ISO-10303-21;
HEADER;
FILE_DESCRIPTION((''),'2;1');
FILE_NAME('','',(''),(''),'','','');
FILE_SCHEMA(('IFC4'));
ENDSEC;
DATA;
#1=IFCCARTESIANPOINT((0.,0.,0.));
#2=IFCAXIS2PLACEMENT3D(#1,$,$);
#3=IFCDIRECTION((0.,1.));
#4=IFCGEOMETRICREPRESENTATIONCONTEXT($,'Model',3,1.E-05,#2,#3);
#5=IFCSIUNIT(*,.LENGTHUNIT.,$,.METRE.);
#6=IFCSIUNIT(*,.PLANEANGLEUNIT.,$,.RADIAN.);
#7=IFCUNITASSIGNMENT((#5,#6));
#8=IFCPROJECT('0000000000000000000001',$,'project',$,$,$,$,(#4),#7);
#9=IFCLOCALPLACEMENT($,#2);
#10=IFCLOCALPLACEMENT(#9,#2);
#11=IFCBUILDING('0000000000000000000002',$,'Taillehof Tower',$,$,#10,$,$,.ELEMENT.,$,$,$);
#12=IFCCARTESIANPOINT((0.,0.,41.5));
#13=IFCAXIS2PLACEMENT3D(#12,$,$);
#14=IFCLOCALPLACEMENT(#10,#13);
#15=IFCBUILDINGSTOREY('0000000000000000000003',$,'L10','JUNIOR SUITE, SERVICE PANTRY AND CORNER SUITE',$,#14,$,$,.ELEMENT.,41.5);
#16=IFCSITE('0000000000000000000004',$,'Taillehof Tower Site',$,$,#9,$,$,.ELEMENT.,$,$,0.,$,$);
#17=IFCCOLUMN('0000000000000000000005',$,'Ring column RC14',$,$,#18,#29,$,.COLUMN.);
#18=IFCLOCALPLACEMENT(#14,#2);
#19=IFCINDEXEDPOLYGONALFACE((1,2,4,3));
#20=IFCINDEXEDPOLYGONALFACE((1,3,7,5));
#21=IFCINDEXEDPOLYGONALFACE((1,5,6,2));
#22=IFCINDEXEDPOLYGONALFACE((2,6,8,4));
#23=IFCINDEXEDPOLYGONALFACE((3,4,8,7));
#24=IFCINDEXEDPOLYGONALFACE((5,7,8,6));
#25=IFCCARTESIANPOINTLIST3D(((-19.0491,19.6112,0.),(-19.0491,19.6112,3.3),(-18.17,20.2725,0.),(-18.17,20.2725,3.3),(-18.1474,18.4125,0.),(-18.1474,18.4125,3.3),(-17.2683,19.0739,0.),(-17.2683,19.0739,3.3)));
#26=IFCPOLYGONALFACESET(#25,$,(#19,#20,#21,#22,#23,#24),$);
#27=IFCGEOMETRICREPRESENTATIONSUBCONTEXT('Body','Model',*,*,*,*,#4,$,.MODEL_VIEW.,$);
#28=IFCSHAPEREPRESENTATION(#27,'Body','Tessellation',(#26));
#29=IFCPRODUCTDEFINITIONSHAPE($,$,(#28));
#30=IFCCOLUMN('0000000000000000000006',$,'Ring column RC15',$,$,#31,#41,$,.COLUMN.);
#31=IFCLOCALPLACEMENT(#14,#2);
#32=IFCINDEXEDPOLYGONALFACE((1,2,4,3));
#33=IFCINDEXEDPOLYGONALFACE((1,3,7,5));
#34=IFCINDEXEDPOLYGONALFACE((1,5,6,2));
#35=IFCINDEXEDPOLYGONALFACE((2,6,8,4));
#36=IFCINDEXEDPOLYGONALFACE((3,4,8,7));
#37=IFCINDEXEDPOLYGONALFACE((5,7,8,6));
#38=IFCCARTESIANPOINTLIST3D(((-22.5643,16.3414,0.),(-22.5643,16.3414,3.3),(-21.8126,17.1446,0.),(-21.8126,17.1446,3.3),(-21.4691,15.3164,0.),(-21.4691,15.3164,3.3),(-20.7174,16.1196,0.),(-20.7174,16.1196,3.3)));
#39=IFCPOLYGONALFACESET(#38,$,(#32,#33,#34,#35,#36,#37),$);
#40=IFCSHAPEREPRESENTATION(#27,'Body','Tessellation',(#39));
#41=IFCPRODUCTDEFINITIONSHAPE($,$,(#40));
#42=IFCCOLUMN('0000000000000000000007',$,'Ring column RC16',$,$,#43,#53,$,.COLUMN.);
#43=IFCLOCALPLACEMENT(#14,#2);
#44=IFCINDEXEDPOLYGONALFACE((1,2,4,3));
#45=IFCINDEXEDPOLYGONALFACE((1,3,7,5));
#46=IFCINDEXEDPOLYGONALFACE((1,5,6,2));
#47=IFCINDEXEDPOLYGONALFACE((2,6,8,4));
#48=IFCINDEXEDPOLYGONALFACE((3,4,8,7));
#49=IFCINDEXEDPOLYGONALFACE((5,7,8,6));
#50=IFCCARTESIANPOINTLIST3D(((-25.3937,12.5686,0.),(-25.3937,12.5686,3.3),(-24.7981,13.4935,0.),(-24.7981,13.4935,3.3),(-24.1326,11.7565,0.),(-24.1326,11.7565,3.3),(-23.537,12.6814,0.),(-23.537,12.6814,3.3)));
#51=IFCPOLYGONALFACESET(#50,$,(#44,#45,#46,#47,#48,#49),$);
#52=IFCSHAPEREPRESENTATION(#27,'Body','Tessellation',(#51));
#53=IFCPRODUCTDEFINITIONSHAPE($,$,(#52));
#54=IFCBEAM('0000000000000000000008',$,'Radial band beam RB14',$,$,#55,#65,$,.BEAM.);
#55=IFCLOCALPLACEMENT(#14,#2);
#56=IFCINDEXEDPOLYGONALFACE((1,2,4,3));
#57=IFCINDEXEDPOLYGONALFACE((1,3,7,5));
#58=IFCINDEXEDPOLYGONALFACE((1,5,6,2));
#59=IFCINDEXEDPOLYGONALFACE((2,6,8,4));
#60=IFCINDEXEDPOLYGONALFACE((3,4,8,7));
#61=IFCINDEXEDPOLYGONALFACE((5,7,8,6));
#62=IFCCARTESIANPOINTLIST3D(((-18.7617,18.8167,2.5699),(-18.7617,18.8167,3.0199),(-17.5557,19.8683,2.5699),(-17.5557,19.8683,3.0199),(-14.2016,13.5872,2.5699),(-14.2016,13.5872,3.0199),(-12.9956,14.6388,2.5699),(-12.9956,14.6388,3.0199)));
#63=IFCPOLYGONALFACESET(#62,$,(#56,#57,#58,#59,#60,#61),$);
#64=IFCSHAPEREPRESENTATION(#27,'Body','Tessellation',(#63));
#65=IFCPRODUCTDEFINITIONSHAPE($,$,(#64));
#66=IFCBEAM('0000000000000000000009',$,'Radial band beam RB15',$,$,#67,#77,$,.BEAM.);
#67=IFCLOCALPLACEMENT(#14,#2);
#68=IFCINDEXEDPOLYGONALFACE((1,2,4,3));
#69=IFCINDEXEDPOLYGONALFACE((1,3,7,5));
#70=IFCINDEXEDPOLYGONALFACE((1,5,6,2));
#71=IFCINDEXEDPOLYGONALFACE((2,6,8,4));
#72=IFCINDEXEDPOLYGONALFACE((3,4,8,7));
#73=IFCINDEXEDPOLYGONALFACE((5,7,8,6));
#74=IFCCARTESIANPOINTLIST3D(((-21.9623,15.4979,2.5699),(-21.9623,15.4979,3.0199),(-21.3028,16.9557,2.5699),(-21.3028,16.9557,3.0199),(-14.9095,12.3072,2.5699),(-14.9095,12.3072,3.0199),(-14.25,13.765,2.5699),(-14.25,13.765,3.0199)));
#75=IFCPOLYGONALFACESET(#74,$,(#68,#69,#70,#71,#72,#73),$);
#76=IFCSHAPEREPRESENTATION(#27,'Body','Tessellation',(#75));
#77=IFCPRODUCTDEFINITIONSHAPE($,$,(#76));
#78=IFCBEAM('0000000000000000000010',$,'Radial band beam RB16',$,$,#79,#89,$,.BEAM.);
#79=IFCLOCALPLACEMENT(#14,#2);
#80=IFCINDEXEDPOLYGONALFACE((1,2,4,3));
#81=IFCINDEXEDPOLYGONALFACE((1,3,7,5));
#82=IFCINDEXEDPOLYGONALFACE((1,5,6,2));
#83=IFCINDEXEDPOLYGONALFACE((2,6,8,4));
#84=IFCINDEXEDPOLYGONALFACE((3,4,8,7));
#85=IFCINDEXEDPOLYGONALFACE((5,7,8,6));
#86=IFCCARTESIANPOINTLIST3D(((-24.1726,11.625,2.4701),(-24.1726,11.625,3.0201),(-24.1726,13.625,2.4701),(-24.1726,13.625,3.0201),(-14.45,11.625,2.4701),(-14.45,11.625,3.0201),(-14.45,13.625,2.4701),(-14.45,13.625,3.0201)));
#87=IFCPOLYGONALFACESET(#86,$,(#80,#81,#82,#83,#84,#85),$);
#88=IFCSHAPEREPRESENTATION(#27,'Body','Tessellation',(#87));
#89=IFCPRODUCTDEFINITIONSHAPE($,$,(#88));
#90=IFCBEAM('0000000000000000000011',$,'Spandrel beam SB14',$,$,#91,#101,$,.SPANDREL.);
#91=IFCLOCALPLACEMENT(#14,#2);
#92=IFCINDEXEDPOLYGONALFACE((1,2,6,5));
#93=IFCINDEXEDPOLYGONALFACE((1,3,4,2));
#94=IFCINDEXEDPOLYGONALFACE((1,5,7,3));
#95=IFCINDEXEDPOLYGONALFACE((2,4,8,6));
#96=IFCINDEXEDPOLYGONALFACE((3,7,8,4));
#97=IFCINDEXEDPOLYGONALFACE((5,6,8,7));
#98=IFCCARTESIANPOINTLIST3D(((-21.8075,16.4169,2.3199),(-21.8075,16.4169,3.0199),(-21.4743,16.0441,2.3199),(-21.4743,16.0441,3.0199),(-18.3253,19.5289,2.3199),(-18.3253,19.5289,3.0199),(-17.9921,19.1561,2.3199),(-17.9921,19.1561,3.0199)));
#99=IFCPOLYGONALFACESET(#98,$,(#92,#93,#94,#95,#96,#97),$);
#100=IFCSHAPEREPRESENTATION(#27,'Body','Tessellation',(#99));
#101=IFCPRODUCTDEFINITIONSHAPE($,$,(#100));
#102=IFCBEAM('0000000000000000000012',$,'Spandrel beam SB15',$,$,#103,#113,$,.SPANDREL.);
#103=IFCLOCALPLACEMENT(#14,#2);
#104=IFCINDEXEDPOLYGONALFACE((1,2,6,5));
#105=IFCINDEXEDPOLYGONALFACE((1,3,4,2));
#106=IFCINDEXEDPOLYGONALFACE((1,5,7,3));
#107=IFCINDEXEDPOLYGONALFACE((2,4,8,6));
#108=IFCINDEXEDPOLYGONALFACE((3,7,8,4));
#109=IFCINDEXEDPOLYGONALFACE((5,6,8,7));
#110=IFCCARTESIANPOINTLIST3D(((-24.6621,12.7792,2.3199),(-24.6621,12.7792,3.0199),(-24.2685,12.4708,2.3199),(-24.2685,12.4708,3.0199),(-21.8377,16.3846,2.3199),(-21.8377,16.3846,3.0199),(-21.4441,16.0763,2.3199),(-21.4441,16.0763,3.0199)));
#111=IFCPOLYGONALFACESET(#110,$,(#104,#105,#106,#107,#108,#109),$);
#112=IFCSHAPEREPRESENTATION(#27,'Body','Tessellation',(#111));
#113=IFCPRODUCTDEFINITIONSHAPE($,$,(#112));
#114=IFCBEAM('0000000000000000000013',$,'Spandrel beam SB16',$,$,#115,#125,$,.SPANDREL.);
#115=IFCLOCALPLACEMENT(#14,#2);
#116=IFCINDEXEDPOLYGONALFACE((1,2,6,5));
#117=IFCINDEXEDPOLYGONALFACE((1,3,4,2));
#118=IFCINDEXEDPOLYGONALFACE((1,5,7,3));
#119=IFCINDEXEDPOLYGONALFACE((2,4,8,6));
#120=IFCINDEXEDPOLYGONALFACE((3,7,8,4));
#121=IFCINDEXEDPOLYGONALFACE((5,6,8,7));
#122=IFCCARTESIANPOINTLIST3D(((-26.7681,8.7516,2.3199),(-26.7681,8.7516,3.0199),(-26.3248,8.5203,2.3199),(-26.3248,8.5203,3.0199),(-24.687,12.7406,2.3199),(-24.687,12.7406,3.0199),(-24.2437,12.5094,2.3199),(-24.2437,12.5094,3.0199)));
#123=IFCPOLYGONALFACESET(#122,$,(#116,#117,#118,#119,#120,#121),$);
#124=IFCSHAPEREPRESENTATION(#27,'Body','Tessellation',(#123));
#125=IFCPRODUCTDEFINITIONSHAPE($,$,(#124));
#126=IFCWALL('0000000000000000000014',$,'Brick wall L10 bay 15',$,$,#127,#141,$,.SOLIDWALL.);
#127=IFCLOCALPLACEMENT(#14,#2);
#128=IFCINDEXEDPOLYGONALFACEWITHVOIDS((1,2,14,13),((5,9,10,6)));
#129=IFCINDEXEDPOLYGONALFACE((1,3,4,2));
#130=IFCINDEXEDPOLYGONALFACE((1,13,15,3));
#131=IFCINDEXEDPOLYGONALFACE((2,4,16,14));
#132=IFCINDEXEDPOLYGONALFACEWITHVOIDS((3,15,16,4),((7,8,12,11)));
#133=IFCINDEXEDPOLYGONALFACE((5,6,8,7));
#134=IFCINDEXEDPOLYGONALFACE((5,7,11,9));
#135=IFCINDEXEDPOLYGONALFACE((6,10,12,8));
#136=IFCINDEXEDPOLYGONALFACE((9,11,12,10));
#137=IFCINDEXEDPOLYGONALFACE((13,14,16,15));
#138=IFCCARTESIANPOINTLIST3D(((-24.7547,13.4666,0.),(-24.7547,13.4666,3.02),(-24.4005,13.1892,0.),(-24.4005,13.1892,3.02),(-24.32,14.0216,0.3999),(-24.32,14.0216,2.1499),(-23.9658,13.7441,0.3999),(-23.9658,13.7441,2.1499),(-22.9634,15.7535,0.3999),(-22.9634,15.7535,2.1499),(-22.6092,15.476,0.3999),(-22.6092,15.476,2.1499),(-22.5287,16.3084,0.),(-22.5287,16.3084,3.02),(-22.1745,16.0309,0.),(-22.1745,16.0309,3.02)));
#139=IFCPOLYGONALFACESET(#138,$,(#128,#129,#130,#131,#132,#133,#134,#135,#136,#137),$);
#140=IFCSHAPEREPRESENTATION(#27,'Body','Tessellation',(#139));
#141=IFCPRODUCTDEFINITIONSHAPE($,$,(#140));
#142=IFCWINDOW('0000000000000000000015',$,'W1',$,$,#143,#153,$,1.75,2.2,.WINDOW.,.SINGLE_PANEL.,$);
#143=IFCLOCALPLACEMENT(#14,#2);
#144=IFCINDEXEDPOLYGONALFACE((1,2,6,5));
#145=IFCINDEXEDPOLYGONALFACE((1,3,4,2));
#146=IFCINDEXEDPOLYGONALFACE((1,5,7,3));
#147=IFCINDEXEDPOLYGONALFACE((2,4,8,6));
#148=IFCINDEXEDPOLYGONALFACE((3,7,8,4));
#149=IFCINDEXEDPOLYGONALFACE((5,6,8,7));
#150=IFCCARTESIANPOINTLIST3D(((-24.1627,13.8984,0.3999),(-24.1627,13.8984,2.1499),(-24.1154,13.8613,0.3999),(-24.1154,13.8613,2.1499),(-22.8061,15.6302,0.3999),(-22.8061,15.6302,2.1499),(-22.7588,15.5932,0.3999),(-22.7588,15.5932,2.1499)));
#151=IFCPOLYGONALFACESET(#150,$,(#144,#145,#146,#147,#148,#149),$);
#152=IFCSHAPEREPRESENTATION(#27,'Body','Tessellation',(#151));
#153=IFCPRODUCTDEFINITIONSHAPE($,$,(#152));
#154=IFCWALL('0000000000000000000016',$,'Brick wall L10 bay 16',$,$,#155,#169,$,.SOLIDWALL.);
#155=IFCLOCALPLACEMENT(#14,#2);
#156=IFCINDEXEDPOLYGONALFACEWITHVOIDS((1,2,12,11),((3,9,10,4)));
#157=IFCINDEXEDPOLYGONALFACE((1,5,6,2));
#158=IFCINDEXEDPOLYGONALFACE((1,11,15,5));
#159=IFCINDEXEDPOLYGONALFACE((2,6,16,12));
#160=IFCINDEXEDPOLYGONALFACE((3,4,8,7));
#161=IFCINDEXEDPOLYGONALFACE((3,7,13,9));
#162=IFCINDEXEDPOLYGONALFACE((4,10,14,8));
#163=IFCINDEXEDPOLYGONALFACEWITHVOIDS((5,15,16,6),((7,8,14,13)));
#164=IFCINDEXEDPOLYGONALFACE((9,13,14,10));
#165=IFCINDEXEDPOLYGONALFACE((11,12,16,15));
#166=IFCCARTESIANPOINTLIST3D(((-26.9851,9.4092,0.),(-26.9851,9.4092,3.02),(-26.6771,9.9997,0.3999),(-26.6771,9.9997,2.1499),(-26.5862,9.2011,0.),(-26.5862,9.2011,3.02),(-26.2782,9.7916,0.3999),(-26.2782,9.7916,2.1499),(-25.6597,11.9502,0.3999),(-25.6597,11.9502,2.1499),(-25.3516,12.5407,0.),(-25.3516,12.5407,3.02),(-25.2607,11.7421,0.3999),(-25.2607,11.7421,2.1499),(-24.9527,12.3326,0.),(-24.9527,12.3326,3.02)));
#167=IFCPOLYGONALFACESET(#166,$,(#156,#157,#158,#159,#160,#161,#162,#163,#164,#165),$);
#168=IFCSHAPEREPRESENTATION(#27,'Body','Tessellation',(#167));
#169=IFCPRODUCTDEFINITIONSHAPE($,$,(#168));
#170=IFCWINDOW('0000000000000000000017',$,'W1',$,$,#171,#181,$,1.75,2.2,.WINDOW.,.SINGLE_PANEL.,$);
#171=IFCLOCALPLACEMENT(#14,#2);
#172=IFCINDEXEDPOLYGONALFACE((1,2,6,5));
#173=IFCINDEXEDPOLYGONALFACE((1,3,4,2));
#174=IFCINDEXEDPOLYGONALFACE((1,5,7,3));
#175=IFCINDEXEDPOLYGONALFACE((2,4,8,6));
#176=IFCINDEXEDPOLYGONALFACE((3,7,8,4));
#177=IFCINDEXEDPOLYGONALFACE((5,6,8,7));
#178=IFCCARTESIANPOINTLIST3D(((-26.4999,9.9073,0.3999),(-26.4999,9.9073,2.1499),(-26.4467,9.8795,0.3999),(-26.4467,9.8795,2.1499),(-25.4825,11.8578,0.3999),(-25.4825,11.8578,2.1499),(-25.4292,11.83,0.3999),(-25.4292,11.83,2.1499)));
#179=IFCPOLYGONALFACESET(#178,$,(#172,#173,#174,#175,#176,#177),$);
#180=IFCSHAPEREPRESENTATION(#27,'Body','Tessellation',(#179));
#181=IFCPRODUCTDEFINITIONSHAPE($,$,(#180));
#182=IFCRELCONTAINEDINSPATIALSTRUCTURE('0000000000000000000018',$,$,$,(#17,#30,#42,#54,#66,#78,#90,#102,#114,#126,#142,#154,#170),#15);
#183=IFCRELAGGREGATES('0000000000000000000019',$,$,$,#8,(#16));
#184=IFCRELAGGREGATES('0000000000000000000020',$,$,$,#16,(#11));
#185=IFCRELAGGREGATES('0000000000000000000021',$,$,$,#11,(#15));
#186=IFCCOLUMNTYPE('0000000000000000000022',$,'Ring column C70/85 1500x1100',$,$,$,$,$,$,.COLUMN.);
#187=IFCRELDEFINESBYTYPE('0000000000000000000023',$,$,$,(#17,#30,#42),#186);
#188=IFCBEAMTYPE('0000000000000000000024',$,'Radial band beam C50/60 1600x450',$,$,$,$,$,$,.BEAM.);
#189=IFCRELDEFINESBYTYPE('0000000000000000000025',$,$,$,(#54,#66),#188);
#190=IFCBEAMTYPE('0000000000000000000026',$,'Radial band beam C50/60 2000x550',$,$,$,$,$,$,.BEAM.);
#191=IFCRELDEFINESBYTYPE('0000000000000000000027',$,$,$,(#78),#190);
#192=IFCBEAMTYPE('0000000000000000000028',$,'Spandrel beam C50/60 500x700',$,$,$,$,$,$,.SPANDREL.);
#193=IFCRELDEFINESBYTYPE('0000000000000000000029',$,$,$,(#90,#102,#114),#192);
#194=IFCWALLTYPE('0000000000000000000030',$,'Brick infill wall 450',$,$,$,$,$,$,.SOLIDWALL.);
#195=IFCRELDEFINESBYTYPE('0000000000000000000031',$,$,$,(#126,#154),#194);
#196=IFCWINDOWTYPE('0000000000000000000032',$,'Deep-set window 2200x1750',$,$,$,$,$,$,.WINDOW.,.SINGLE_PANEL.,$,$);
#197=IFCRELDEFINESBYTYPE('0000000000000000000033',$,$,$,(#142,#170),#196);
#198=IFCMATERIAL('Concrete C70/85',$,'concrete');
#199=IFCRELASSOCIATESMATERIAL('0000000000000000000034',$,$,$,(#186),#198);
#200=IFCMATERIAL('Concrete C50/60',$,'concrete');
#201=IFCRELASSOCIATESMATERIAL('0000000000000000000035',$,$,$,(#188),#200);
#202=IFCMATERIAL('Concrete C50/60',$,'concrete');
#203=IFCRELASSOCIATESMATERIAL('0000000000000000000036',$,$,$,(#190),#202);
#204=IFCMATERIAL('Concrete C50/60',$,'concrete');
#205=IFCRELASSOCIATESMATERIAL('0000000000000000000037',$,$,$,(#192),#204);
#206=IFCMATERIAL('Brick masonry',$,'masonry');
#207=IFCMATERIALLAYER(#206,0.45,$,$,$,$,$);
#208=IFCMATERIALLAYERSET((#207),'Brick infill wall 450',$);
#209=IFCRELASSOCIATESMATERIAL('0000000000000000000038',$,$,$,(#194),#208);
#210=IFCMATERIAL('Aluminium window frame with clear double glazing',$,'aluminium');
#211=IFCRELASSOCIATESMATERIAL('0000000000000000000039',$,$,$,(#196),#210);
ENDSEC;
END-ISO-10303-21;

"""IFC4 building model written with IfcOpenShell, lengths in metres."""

from ifc_helpers import new_model, si_unit, direction, frame, frame_2d, origin, origin_2d, place, context, subcontext, project, spatial, rectangle, extrude, material, layer, layer_set, material_profile, profile_set, type_object, element, fill, save


model = new_model("IFC4")

# Units and contexts
model_context = context("Model", 3, precision=1e-05, world=origin(), true_north=direction((0.0, 1.0)))
body_context = subcontext(model_context, "Body", "Model", "MODEL_VIEW")
ifc_project = project(units=[si_unit("LENGTHUNIT", "METRE"), si_unit("PLANEANGLEUNIT", "RADIAN")], contexts=[model_context])

# Site, building, storey
site_placement = place(None, origin())
site = spatial("IfcSite", under=ifc_project, at=site_placement, Name="Taillehof Tower Site", CompositionType="ELEMENT", RefElevation=0.0)
building_placement = place(site_placement, origin())
building = spatial("IfcBuilding", under=site, at=building_placement, Name="Taillehof Tower", CompositionType="ELEMENT")
storey_placement = place(building_placement, frame((0.0, 0.0, 41.5)))
storey = spatial("IfcBuildingStorey", under=building, at=storey_placement, Name="L10", Description="JUNIOR SUITE, SERVICE PANTRY AND CORNER SUITE", CompositionType="ELEMENT", Elevation=41.5)

# Columns
ifc_material_1 = material(Name="Concrete C70/85", Category="concrete")
ifc_material_profile_1 = material_profile(ifc_material_1, rectangle(XDim=1.5, YDim=1.1001, at=origin_2d()), Name="RC 1500x1100")
ifc_profile_set_1 = profile_set([ifc_material_profile_1], Name="Concrete C70/85")
column_type = type_object("IfcColumnType", Name="Ring column C70/85 1500x1100", PredefinedType="COLUMN", material=ifc_profile_set_1)
for number, where, z_axis, x_axis, name in (
    (1, (-18.1587, 19.3425, 0.0), (0.0, 0.0, 1.0), (-0.601174, 0.799118, 0.0), "Ring column RC14"),
    (2, (-21.6409, 16.2305, 0.0), (0.0, 0.0, 1.0), (-0.730113, 0.683326, 0.0), "Ring column RC15"),
    (3, (-24.4653, 12.625, 0.0), (0.0, 0.0, 1.0), (-0.840754, 0.541418, 0.0), "Ring column RC16"),
):
    element("IfcColumn", number, at=place(storey_placement, frame(where, z_axis=z_axis, x_axis=x_axis)), inside=storey, type_object=column_type, Name=name, PredefinedType="COLUMN", context=body_context, shape_type="SweptSolid", body=[
        extrude(rectangle(XDim=1.5, YDim=1.1001, at=origin_2d()), origin(), (0.0, 0.0, 1.0), 3.3),
    ])

# Beams
ifc_material_2 = material(Name="Concrete C50/60", Category="concrete")
ifc_material_profile_2 = material_profile(ifc_material_2, rectangle(XDim=1.6001, YDim=0.45, at=origin_2d()), Name="RC 1600x450")
ifc_profile_set_2 = profile_set([ifc_material_profile_2], Name="Concrete C50/60")
beam_type_1 = type_object("IfcBeamType", Name="Radial band beam C50/60 1600x450", PredefinedType="BEAM", material=ifc_profile_set_2)
beam_1_placement = place(storey_placement, frame((-18.1587, 19.3425, 2.7949), z_axis=(0.657218, -0.7537, 0.0), x_axis=(0.7537, 0.657218, 0.0)))
element("IfcBeam", 4, at=beam_1_placement, inside=storey, type_object=beam_type_1, Name="Radial band beam RB14", PredefinedType="BEAM", context=body_context, shape_type="SweptSolid", body=[
    extrude(rectangle(XDim=1.6001, YDim=0.45, at=origin_2d()), origin(), (0.0, 0.0, 1.0), 6.9385),
])
beam_2_placement = place(storey_placement, frame((-21.6326, 16.2268, 2.7949), z_axis=(0.911101, -0.412184, 0.0), x_axis=(0.412184, 0.911101, 0.0)))
element("IfcBeam", 5, at=beam_2_placement, inside=storey, type_object=beam_type_1, Name="Radial band beam RB15", PredefinedType="BEAM", context=body_context, shape_type="SweptSolid", body=[
    extrude(rectangle(XDim=1.6001, YDim=0.45, at=origin_2d()), origin(), (0.0, 0.0, 1.0), 7.741),
])
ifc_material_3 = material(Name="Concrete C50/60", Category="concrete")
ifc_material_profile_3 = material_profile(ifc_material_3, rectangle(XDim=2.0, YDim=0.55, at=origin_2d()), Name="RC 2000x550")
ifc_profile_set_3 = profile_set([ifc_material_profile_3], Name="Concrete C50/60")
beam_type_2 = type_object("IfcBeamType", Name="Radial band beam C50/60 2000x550", PredefinedType="BEAM", material=ifc_profile_set_3)
beam_3_placement = place(storey_placement, frame((-24.1726, 12.625, 2.7451), z_axis=(1.0, 0.0, 0.0), x_axis=(0.0, 1.0, 0.0)))
element("IfcBeam", 6, at=beam_3_placement, inside=storey, type_object=beam_type_2, Name="Radial band beam RB16", PredefinedType="BEAM", context=body_context, shape_type="SweptSolid", body=[
    extrude(rectangle(XDim=2.0, YDim=0.55, at=origin_2d()), origin(), (0.0, 0.0, 1.0), 9.7227),
])
ifc_material_4 = material(Name="Concrete C50/60", Category="concrete")
ifc_material_profile_4 = material_profile(ifc_material_4, rectangle(XDim=0.5, YDim=0.7, at=origin_2d()), Name="RC 500x700")
ifc_profile_set_4 = profile_set([ifc_material_profile_4], Name="Concrete C50/60")
beam_type_3 = type_object("IfcBeamType", Name="Spandrel beam C50/60 500x700", PredefinedType="SPANDREL", material=ifc_profile_set_4)
beam_4_placement = place(storey_placement, frame((-18.1587, 19.3425, 2.6699), z_axis=(-0.745621, -0.66637, 0.0), x_axis=(0.66637, -0.745621, 0.0)))
element("IfcBeam", 7, at=beam_4_placement, inside=storey, type_object=beam_type_3, Name="Spandrel beam SB14", PredefinedType="SPANDREL", context=body_context, shape_type="SweptSolid", body=[
    extrude(rectangle(XDim=0.5, YDim=0.7, at=origin_2d()), origin(), (0.0, 0.0, 1.0), 4.6702),
])
beam_5_placement = place(storey_placement, frame((-21.6409, 16.2305, 2.6699), z_axis=(-0.616686, -0.787209, 0.0), x_axis=(0.787209, -0.616686, 0.0)))
element("IfcBeam", 8, at=beam_5_placement, inside=storey, type_object=beam_type_3, Name="Spandrel beam SB15", PredefinedType="SPANDREL", context=body_context, shape_type="SweptSolid", body=[
    extrude(rectangle(XDim=0.5, YDim=0.7, at=origin_2d()), origin(), (0.0, 0.0, 1.0), 4.5801),
])
beam_6_placement = place(storey_placement, frame((-24.4653, 12.625, 2.6699), z_axis=(-0.462536, -0.8866, 0.0), x_axis=(0.8866, -0.462536, 0.0)))
element("IfcBeam", 9, at=beam_6_placement, inside=storey, type_object=beam_type_3, Name="Spandrel beam SB16", PredefinedType="SPANDREL", context=body_context, shape_type="SweptSolid", body=[
    extrude(rectangle(XDim=0.5, YDim=0.7, at=origin_2d()), origin(), (0.0, 0.0, 1.0), 4.4993),
])

# Walls, openings, windows
ifc_material_5 = material(Name="Brick masonry", Category="masonry")
ifc_layer_1 = layer(ifc_material_5, 0.45)
ifc_layer_set_1 = layer_set([ifc_layer_1], Name="Brick infill wall 450")
wall_type_1 = type_object("IfcWallType", Name="Brick infill wall 450", PredefinedType="SOLIDWALL", material=ifc_layer_set_1)
wall_1_placement = place(storey_placement, frame((-22.3516, 16.1697, 0.0), z_axis=(0.0, 0.0, 1.0), x_axis=(-0.616662, -0.787228, 0.0)))
wall_1 = element("IfcWall", 10, at=wall_1_placement, inside=storey, type_object=wall_type_1, Name="Brick wall L10 bay 15", PredefinedType="SOLIDWALL", context=body_context, shape_type="SweptSolid", body=[
    extrude(rectangle(XDim=3.6099, YDim=0.45, at=frame_2d((1.8049, 0.0))), origin(), (0.0, 0.0, 1.0), 3.02),
])
opening_1_placement = place(wall_1_placement, frame((0.7048, 0.0, 0.3999)))
opening_1 = element("IfcOpeningElement", 11, at=opening_1_placement, cuts=wall_1, PredefinedType="OPENING", context=body_context, shape_type="SweptSolid", body=[
    extrude(rectangle(XDim=2.2, YDim=1.75, at=frame_2d((1.1001, 0.875))), frame((0.0, 0.2349, 0.0), z_axis=(0.0, -1.0, 0.0), x_axis=(1.0, 0.0, 0.0)), (0.0, 0.0, 1.0), 0.47),
])
ifc_material_6 = material(Name="Aluminium window frame with clear double glazing", Category="aluminium")
window_type_1 = type_object("IfcWindowType", Name="Deep-set window 2200x1750", PartitioningType="SINGLE_PANEL", PredefinedType="WINDOW", material=ifc_material_6)
window_1_placement = place(opening_1_placement, origin())
window_1 = element("IfcWindow", 12, at=window_1_placement, inside=storey, type_object=window_type_1, Name="W1", OverallHeight=1.75, OverallWidth=2.2, PartitioningType="SINGLE_PANEL", PredefinedType="WINDOW", context=body_context, shape_type="SweptSolid", body=[
    extrude(rectangle(XDim=2.2, YDim=1.75, at=frame_2d((1.1001, 0.875))), frame((0.0, 0.0349, 0.0), z_axis=(0.0, -1.0, 0.0), x_axis=(1.0, 0.0, 0.0)), (0.0, 0.0, 1.0), 0.0601),
])
fill(opening_1, window_1)
wall_2_placement = place(storey_placement, frame((-25.1521, 12.4368, 0.0), z_axis=(0.0, 0.0, 1.0), x_axis=(-0.462493, -0.886623, 0.0)))
wall_2 = element("IfcWall", 13, at=wall_2_placement, inside=storey, type_object=wall_type_1, Name="Brick wall L10 bay 16", PredefinedType="SOLIDWALL", context=body_context, shape_type="SweptSolid", body=[
    extrude(rectangle(XDim=3.532, YDim=0.45, at=frame_2d((1.7661, 0.0))), origin(), (0.0, 0.0, 1.0), 3.02),
])
opening_2_placement = place(wall_2_placement, frame((0.666, 0.0, 0.3999)))
opening_2 = element("IfcOpeningElement", 14, at=opening_2_placement, cuts=wall_2, PredefinedType="OPENING", context=body_context, shape_type="SweptSolid", body=[
    extrude(rectangle(XDim=2.2, YDim=1.75, at=frame_2d((1.1001, 0.875))), frame((0.0, 0.2349, 0.0), z_axis=(0.0, -1.0, 0.0), x_axis=(1.0, 0.0, 0.0)), (0.0, 0.0, 1.0), 0.47),
])
window_2_placement = place(opening_2_placement, origin())
window_2 = element("IfcWindow", 15, at=window_2_placement, inside=storey, type_object=window_type_1, Name="W1", OverallHeight=1.75, OverallWidth=2.2, PartitioningType="SINGLE_PANEL", PredefinedType="WINDOW", context=body_context, shape_type="SweptSolid", body=[
    extrude(rectangle(XDim=2.2, YDim=1.75, at=frame_2d((1.1001, 0.875))), frame((0.0, 0.0349, 0.0), z_axis=(0.0, -1.0, 0.0), x_axis=(1.0, 0.0, 0.0)), (0.0, 0.0, 1.0), 0.0601),
])
fill(opening_2, window_2)

save(model, "model.ifc")
